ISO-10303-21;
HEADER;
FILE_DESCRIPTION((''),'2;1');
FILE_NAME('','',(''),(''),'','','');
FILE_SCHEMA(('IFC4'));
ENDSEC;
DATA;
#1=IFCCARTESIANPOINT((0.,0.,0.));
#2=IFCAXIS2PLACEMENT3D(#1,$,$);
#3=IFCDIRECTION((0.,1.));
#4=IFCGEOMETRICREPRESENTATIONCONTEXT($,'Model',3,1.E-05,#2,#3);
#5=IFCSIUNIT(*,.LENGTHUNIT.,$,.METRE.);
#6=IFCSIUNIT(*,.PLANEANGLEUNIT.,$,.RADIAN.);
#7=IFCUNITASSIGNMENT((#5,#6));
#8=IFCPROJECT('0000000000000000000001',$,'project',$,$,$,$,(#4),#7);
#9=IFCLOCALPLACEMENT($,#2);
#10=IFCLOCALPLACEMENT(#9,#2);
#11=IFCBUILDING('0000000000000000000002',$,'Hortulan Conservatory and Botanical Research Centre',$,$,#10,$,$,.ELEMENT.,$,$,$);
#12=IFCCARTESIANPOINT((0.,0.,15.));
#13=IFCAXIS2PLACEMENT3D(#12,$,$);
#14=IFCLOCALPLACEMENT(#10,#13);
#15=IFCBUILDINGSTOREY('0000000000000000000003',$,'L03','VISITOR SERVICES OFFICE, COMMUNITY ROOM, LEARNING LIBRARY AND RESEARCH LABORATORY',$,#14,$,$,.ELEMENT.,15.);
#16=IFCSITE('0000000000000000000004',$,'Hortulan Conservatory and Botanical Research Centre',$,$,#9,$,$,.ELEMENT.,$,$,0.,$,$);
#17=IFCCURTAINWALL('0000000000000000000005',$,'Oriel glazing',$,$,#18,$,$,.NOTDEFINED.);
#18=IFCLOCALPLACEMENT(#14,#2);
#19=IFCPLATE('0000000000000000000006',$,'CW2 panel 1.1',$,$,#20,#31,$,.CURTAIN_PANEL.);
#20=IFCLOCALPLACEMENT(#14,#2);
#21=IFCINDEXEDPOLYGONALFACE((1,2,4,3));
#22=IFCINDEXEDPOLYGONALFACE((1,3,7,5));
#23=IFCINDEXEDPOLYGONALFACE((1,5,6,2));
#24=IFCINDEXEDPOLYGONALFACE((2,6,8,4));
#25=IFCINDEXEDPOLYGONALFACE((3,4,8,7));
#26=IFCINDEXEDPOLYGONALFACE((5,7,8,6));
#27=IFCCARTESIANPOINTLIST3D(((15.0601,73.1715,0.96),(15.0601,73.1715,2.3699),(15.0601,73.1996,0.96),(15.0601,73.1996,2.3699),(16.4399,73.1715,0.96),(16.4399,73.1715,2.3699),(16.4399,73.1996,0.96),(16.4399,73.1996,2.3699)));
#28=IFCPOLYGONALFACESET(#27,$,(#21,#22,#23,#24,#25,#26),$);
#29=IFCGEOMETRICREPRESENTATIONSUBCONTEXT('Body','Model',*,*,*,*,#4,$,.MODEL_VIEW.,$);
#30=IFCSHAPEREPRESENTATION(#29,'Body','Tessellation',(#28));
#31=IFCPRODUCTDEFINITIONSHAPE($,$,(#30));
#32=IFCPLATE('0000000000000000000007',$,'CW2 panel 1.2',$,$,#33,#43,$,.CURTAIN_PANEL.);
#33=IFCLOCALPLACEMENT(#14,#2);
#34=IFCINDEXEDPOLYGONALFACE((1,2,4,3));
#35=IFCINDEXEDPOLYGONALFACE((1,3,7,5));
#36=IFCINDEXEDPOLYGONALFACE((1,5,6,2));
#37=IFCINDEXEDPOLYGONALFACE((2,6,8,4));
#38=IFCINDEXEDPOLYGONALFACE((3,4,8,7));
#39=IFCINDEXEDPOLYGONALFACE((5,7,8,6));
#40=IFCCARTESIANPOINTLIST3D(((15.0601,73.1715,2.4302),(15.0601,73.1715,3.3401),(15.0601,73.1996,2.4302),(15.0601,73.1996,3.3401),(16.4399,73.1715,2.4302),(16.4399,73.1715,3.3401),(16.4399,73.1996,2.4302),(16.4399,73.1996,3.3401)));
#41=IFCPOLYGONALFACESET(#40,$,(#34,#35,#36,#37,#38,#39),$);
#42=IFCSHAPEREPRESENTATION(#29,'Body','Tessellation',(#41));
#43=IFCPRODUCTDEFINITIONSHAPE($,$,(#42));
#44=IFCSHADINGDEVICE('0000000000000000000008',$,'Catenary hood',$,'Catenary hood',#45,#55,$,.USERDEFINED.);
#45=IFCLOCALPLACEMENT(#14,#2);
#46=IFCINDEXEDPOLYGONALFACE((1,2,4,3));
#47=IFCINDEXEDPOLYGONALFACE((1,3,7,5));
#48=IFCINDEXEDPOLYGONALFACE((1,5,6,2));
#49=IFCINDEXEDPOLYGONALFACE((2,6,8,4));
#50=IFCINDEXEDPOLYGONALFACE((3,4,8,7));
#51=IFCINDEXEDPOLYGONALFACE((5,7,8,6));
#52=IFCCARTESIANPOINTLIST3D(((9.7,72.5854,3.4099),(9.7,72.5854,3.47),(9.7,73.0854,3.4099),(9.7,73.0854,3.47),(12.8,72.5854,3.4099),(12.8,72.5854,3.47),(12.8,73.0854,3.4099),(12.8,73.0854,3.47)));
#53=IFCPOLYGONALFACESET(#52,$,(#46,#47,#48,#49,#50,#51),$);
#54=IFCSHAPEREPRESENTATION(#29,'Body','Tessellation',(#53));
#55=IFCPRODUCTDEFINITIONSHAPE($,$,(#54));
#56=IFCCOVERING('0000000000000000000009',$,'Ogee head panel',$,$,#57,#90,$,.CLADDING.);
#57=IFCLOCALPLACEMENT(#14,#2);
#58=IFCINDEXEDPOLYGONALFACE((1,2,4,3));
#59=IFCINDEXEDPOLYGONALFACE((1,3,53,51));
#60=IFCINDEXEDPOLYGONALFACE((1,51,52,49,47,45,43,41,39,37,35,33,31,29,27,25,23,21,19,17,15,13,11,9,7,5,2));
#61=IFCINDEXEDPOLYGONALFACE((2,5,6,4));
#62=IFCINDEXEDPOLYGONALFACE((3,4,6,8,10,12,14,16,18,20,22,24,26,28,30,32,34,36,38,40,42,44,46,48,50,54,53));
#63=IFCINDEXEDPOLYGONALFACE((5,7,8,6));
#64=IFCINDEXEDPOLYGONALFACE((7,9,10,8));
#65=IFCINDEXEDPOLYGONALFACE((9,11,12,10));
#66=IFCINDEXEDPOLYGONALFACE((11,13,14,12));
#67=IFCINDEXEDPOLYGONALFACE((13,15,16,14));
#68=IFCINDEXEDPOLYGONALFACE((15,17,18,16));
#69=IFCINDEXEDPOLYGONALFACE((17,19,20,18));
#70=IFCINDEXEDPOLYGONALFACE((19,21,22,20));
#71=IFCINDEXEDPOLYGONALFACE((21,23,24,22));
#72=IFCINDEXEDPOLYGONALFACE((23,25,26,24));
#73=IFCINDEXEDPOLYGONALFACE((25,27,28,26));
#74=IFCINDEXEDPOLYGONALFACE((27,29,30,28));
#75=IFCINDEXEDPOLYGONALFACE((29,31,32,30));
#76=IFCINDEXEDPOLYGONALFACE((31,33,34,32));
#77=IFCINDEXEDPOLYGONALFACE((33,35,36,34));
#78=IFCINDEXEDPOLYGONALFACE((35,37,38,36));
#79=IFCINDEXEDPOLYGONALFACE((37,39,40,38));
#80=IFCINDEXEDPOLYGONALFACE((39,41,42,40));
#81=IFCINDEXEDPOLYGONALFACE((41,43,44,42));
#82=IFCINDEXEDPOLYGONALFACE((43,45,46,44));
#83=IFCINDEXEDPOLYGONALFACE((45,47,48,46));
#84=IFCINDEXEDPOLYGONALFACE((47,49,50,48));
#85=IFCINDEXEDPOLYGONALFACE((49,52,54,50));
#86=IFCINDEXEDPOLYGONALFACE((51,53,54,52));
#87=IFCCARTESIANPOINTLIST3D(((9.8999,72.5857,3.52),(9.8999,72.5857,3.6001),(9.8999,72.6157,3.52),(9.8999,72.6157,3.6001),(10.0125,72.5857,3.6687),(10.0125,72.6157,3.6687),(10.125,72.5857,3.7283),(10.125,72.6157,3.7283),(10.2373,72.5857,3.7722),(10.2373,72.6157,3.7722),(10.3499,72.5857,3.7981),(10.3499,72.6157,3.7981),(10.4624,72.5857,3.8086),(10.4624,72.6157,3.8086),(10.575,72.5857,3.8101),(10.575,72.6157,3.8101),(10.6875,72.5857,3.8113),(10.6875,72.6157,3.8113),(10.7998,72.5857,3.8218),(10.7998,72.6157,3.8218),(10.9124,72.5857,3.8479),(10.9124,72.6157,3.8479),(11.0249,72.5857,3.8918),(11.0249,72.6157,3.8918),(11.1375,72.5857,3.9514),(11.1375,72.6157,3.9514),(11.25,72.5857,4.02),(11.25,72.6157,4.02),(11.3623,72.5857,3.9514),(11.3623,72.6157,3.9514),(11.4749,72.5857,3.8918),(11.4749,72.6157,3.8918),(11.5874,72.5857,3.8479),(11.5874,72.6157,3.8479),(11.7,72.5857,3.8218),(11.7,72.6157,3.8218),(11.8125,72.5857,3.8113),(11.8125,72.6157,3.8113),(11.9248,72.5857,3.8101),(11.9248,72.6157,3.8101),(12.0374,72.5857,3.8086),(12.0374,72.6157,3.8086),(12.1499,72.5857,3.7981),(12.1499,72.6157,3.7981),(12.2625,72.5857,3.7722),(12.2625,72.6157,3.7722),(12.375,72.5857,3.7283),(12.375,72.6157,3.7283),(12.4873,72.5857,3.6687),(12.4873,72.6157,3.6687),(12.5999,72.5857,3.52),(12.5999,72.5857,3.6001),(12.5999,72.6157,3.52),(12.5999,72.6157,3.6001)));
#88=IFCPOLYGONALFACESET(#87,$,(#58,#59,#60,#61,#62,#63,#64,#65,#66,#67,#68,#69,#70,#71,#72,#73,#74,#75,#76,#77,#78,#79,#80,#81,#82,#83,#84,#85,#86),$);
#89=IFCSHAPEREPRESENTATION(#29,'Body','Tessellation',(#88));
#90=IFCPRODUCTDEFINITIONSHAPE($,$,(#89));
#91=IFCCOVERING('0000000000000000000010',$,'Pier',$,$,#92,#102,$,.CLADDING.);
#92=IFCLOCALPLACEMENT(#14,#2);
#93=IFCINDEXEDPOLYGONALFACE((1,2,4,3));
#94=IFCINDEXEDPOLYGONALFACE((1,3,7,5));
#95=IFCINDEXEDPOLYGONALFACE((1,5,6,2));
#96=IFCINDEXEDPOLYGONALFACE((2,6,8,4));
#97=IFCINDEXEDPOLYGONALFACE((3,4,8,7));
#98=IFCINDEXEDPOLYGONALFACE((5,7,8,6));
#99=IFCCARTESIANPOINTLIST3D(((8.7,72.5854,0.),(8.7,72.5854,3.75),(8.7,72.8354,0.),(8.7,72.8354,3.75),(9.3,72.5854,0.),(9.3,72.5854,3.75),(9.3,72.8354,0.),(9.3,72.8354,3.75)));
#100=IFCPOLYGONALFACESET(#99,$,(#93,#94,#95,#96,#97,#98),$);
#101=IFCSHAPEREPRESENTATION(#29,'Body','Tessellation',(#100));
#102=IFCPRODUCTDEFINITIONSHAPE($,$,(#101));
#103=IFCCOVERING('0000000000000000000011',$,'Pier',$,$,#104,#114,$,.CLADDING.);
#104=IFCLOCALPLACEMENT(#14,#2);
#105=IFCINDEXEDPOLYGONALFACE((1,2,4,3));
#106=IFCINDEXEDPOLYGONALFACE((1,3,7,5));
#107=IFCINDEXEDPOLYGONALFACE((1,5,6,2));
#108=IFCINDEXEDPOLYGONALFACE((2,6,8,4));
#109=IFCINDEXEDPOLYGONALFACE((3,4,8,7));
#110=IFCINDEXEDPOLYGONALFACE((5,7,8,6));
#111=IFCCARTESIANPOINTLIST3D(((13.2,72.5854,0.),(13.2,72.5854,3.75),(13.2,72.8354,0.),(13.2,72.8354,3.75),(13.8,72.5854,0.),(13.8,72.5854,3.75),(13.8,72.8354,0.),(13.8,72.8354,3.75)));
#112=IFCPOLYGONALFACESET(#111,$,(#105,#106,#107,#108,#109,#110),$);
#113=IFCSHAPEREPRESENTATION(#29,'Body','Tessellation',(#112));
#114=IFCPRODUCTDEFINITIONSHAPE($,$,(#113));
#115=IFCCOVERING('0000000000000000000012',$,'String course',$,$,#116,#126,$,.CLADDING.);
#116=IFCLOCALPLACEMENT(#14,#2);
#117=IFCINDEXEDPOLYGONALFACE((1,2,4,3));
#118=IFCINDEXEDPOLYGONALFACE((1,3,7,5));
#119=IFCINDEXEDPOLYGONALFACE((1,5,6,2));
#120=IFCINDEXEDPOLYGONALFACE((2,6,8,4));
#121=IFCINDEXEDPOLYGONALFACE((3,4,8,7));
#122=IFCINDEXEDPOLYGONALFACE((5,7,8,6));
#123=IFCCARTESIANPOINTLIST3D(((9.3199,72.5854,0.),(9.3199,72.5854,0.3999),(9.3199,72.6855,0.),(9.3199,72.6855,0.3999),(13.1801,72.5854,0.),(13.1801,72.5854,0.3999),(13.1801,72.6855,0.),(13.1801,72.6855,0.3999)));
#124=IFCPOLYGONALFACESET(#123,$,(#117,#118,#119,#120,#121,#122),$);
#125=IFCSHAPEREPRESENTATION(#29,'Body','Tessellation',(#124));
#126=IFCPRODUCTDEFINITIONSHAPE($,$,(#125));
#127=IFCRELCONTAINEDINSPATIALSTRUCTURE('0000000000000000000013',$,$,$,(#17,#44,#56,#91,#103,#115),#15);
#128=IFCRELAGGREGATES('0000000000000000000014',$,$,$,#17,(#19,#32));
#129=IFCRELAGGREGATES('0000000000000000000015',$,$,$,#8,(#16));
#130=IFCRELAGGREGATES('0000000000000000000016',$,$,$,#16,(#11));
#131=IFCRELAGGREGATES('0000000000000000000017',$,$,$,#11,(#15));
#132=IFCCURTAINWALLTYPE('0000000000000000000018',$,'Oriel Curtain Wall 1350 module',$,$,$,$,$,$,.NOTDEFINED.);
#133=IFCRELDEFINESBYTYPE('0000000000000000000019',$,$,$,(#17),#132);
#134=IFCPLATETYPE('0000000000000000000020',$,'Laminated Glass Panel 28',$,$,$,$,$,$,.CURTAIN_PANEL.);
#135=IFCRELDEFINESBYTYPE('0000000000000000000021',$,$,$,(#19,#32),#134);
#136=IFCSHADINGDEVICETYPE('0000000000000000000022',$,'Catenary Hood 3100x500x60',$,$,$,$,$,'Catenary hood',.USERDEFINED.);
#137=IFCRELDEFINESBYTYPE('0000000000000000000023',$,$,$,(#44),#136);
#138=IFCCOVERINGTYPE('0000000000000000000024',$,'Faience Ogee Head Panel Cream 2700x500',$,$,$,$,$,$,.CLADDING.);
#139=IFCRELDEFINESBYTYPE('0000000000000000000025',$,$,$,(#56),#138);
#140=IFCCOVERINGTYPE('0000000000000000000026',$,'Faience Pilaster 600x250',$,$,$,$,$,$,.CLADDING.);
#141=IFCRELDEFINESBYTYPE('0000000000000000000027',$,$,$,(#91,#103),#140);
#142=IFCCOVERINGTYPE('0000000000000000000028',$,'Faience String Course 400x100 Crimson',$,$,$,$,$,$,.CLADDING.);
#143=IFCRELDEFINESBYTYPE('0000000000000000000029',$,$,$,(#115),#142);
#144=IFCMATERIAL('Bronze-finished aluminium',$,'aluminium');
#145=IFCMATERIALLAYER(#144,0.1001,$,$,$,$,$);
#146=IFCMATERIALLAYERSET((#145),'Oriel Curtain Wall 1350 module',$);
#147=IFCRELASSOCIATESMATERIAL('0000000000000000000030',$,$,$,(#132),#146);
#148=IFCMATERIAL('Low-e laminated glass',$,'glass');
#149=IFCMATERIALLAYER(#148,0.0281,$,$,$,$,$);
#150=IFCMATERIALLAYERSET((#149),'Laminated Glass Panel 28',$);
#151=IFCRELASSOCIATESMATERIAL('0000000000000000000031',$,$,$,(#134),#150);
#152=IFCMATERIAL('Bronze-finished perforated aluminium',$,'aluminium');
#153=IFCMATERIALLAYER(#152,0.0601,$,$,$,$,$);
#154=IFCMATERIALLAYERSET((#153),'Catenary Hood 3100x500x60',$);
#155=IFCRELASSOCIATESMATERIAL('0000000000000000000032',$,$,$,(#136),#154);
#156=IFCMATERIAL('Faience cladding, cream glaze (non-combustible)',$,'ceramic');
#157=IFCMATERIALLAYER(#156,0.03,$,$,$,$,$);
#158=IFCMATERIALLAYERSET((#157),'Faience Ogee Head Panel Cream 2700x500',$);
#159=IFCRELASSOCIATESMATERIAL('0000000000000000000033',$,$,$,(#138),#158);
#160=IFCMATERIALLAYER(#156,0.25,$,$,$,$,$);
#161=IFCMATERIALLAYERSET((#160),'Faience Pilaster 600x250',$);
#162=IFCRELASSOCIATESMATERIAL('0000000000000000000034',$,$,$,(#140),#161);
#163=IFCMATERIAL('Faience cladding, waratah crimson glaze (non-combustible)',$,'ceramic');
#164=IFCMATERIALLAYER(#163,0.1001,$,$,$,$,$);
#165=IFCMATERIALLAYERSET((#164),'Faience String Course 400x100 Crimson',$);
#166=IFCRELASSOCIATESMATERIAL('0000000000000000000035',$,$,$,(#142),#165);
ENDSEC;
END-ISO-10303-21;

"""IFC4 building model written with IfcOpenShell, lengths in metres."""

from ifc_helpers import new_model, si_unit, direction, frame, origin, origin_2d, place, context, subcontext, project, spatial, polyline, rectangle, outline, extrude, material, layer, layer_set, type_object, element, aggregate, save


model = new_model("IFC4")

# Units and contexts
model_context = context("Model", 3, precision=1e-05, world=origin(), true_north=direction((0.0, 1.0)))
body_context = subcontext(model_context, "Body", "Model", "MODEL_VIEW")
ifc_project = project(units=[si_unit("LENGTHUNIT", "METRE"), si_unit("PLANEANGLEUNIT", "RADIAN")], contexts=[model_context])

# Site, building, storey
site_placement = place(None, origin())
site = spatial("IfcSite", under=ifc_project, at=site_placement, Name="Hortulan Conservatory and Botanical Research Centre", CompositionType="ELEMENT", RefElevation=0.0)
building_placement = place(site_placement, origin())
building = spatial("IfcBuilding", under=site, at=building_placement, Name="Hortulan Conservatory and Botanical Research Centre", CompositionType="ELEMENT")
storey_placement = place(building_placement, frame((0.0, 0.0, 15.0)))
storey = spatial("IfcBuildingStorey", under=building, at=storey_placement, Name="L03", Description="VISITOR SERVICES OFFICE, COMMUNITY ROOM, LEARNING LIBRARY AND RESEARCH LABORATORY", CompositionType="ELEMENT", Elevation=15.0)

# Shared definitions
ifc_material_1 = material(Name="Bronze-finished aluminium", Category="aluminium")
ifc_layer_1 = layer(ifc_material_1, 0.1001)
ifc_layer_set_1 = layer_set([ifc_layer_1], Name="Oriel Curtain Wall 1350 module")
curtain_wall_type = type_object("IfcCurtainWallType", Name="Oriel Curtain Wall 1350 module", PredefinedType="NOTDEFINED", material=ifc_layer_set_1)

# Curtain wall
curtain_wall_1_placement = place(storey_placement, origin())
curtain_wall_1 = element("IfcCurtainWall", 1, at=curtain_wall_1_placement, inside=storey, type_object=curtain_wall_type, Name="Oriel glazing", PredefinedType="NOTDEFINED")

# Plates
ifc_material_2 = material(Name="Low-e laminated glass", Category="glass")
ifc_layer_2 = layer(ifc_material_2, 0.0281)
ifc_layer_set_2 = layer_set([ifc_layer_2], Name="Laminated Glass Panel 28")
plate_type = type_object("IfcPlateType", Name="Laminated Glass Panel 28", PredefinedType="CURTAIN_PANEL", material=ifc_layer_set_2)
plate_1_placement = place(storey_placement, frame((15.75, 73.1855, 0.96), z_axis=(0.0, 0.0, 1.0), x_axis=(1.0, 0.0, 0.0)))
plate_1 = element("IfcPlate", 2, at=plate_1_placement, type_object=plate_type, Name="CW2 panel 1.1", PredefinedType="CURTAIN_PANEL", context=body_context, shape_type="SweptSolid", body=[
    extrude(rectangle(XDim=1.3799, YDim=0.0281, at=origin_2d()), origin(), (0.0, 0.0, 1.0), 1.4099),
])
plate_2_placement = place(storey_placement, frame((15.75, 73.1855, 2.4302), z_axis=(0.0, 0.0, 1.0), x_axis=(1.0, 0.0, 0.0)))
plate_2 = element("IfcPlate", 3, at=plate_2_placement, type_object=plate_type, Name="CW2 panel 1.2", PredefinedType="CURTAIN_PANEL", context=body_context, shape_type="SweptSolid", body=[
    extrude(rectangle(XDim=1.3799, YDim=0.0281, at=origin_2d()), origin(), (0.0, 0.0, 1.0), 0.9099),
])
aggregate(curtain_wall_1, [plate_1, plate_2])

# Shading device
ifc_material_3 = material(Name="Bronze-finished perforated aluminium", Category="aluminium")
ifc_layer_3 = layer(ifc_material_3, 0.0601)
ifc_layer_set_3 = layer_set([ifc_layer_3], Name="Catenary Hood 3100x500x60")
shading_device_type = type_object("IfcShadingDeviceType", Name="Catenary Hood 3100x500x60", ElementType="Catenary hood", PredefinedType="USERDEFINED", material=ifc_layer_set_3)
shading_device_placement = place(storey_placement, frame((11.25, 72.8354, 3.4099), z_axis=(0.0, 0.0, 1.0), x_axis=(1.0, 0.0, 0.0)))
element("IfcShadingDevice", 4, at=shading_device_placement, inside=storey, type_object=shading_device_type, Name="Catenary hood", ObjectType="Catenary hood", PredefinedType="USERDEFINED", context=body_context, shape_type="SweptSolid", body=[
    extrude(rectangle(XDim=3.1001, YDim=0.5, at=origin_2d()), origin(), (0.0, 0.0, 1.0), 0.0601),
])

# Coverings
ifc_material_4 = material(Name="Faience cladding, cream glaze (non-combustible)", Category="ceramic")
ifc_layer_4 = layer(ifc_material_4, 0.03)
ifc_layer_set_4 = layer_set([ifc_layer_4], Name="Faience Ogee Head Panel Cream 2700x500")
covering_type_1 = type_object("IfcCoveringType", Name="Faience Ogee Head Panel Cream 2700x500", PredefinedType="CLADDING", material=ifc_layer_set_4)
covering_1_placement = place(storey_placement, frame((9.8999, 72.6006, 3.52), z_axis=(0.0, 0.0, 1.0), x_axis=(1.0, 0.0, 0.0)))
element("IfcCovering", 5, at=covering_1_placement, inside=storey, type_object=covering_type_1, Name="Ogee head panel", PredefinedType="CLADDING", context=body_context, shape_type="SweptSolid", body=[
    extrude(outline(polyline([(0.0, 0.0), (2.7, 0.0), (2.7, 0.0801), (2.5874, 0.1487), (2.4751, 0.2083), (2.3625, 0.2522), (2.25, 0.2781), (2.1375, 0.2886), (2.0249, 0.29), (1.9126, 0.2913), (1.8, 0.3018), (1.6875, 0.3279), (1.575, 0.3718), (1.4624, 0.4314), (1.3501, 0.5), (1.2375, 0.4314), (1.125, 0.3718), (1.0125, 0.3279), (0.8999, 0.3018), (0.7876, 0.2913), (0.675, 0.29), (0.5625, 0.2886), (0.45, 0.2781), (0.3374, 0.2522), (0.2251, 0.2083), (0.1125, 0.1487), (0.0, 0.0801), (0.0, 0.0)])), frame((0.0, 0.0151, 0.0), z_axis=(0.0, -1.0, 0.0), x_axis=(1.0, 0.0, 0.0)), (0.0, 0.0, 1.0), 0.03),
])
ifc_layer_5 = layer(ifc_material_4, 0.25)
ifc_layer_set_5 = layer_set([ifc_layer_5], Name="Faience Pilaster 600x250")
covering_type_2 = type_object("IfcCoveringType", Name="Faience Pilaster 600x250", PredefinedType="CLADDING", material=ifc_layer_set_5)
for number, where, z_axis, x_axis, name in (
    (6, (9.0, 72.7104, 0.0), (0.0, 0.0, 1.0), (1.0, 0.0, 0.0), "Pier"),
    (7, (13.5, 72.7104, 0.0), (0.0, 0.0, 1.0), (1.0, 0.0, 0.0), "Pier"),
):
    element("IfcCovering", number, at=place(storey_placement, frame(where, z_axis=z_axis, x_axis=x_axis)), inside=storey, type_object=covering_type_2, Name=name, PredefinedType="CLADDING", context=body_context, shape_type="SweptSolid", body=[
        extrude(rectangle(XDim=0.6001, YDim=0.25, at=origin_2d()), origin(), (0.0, 0.0, 1.0), 3.75),
    ])
ifc_material_5 = material(Name="Faience cladding, waratah crimson glaze (non-combustible)", Category="ceramic")
ifc_layer_6 = layer(ifc_material_5, 0.1001)
ifc_layer_set_6 = layer_set([ifc_layer_6], Name="Faience String Course 400x100 Crimson")
covering_type_3 = type_object("IfcCoveringType", Name="Faience String Course 400x100 Crimson", PredefinedType="CLADDING", material=ifc_layer_set_6)
covering_2_placement = place(storey_placement, frame((11.25, 72.6355, 0.0), z_axis=(0.0, 0.0, 1.0), x_axis=(1.0, 0.0, 0.0)))
element("IfcCovering", 8, at=covering_2_placement, inside=storey, type_object=covering_type_3, Name="String course", PredefinedType="CLADDING", context=body_context, shape_type="SweptSolid", body=[
    extrude(rectangle(XDim=3.8601, YDim=0.1001, at=origin_2d()), origin(), (0.0, 0.0, 1.0), 0.3999),
])

save(model, "model.ifc")
